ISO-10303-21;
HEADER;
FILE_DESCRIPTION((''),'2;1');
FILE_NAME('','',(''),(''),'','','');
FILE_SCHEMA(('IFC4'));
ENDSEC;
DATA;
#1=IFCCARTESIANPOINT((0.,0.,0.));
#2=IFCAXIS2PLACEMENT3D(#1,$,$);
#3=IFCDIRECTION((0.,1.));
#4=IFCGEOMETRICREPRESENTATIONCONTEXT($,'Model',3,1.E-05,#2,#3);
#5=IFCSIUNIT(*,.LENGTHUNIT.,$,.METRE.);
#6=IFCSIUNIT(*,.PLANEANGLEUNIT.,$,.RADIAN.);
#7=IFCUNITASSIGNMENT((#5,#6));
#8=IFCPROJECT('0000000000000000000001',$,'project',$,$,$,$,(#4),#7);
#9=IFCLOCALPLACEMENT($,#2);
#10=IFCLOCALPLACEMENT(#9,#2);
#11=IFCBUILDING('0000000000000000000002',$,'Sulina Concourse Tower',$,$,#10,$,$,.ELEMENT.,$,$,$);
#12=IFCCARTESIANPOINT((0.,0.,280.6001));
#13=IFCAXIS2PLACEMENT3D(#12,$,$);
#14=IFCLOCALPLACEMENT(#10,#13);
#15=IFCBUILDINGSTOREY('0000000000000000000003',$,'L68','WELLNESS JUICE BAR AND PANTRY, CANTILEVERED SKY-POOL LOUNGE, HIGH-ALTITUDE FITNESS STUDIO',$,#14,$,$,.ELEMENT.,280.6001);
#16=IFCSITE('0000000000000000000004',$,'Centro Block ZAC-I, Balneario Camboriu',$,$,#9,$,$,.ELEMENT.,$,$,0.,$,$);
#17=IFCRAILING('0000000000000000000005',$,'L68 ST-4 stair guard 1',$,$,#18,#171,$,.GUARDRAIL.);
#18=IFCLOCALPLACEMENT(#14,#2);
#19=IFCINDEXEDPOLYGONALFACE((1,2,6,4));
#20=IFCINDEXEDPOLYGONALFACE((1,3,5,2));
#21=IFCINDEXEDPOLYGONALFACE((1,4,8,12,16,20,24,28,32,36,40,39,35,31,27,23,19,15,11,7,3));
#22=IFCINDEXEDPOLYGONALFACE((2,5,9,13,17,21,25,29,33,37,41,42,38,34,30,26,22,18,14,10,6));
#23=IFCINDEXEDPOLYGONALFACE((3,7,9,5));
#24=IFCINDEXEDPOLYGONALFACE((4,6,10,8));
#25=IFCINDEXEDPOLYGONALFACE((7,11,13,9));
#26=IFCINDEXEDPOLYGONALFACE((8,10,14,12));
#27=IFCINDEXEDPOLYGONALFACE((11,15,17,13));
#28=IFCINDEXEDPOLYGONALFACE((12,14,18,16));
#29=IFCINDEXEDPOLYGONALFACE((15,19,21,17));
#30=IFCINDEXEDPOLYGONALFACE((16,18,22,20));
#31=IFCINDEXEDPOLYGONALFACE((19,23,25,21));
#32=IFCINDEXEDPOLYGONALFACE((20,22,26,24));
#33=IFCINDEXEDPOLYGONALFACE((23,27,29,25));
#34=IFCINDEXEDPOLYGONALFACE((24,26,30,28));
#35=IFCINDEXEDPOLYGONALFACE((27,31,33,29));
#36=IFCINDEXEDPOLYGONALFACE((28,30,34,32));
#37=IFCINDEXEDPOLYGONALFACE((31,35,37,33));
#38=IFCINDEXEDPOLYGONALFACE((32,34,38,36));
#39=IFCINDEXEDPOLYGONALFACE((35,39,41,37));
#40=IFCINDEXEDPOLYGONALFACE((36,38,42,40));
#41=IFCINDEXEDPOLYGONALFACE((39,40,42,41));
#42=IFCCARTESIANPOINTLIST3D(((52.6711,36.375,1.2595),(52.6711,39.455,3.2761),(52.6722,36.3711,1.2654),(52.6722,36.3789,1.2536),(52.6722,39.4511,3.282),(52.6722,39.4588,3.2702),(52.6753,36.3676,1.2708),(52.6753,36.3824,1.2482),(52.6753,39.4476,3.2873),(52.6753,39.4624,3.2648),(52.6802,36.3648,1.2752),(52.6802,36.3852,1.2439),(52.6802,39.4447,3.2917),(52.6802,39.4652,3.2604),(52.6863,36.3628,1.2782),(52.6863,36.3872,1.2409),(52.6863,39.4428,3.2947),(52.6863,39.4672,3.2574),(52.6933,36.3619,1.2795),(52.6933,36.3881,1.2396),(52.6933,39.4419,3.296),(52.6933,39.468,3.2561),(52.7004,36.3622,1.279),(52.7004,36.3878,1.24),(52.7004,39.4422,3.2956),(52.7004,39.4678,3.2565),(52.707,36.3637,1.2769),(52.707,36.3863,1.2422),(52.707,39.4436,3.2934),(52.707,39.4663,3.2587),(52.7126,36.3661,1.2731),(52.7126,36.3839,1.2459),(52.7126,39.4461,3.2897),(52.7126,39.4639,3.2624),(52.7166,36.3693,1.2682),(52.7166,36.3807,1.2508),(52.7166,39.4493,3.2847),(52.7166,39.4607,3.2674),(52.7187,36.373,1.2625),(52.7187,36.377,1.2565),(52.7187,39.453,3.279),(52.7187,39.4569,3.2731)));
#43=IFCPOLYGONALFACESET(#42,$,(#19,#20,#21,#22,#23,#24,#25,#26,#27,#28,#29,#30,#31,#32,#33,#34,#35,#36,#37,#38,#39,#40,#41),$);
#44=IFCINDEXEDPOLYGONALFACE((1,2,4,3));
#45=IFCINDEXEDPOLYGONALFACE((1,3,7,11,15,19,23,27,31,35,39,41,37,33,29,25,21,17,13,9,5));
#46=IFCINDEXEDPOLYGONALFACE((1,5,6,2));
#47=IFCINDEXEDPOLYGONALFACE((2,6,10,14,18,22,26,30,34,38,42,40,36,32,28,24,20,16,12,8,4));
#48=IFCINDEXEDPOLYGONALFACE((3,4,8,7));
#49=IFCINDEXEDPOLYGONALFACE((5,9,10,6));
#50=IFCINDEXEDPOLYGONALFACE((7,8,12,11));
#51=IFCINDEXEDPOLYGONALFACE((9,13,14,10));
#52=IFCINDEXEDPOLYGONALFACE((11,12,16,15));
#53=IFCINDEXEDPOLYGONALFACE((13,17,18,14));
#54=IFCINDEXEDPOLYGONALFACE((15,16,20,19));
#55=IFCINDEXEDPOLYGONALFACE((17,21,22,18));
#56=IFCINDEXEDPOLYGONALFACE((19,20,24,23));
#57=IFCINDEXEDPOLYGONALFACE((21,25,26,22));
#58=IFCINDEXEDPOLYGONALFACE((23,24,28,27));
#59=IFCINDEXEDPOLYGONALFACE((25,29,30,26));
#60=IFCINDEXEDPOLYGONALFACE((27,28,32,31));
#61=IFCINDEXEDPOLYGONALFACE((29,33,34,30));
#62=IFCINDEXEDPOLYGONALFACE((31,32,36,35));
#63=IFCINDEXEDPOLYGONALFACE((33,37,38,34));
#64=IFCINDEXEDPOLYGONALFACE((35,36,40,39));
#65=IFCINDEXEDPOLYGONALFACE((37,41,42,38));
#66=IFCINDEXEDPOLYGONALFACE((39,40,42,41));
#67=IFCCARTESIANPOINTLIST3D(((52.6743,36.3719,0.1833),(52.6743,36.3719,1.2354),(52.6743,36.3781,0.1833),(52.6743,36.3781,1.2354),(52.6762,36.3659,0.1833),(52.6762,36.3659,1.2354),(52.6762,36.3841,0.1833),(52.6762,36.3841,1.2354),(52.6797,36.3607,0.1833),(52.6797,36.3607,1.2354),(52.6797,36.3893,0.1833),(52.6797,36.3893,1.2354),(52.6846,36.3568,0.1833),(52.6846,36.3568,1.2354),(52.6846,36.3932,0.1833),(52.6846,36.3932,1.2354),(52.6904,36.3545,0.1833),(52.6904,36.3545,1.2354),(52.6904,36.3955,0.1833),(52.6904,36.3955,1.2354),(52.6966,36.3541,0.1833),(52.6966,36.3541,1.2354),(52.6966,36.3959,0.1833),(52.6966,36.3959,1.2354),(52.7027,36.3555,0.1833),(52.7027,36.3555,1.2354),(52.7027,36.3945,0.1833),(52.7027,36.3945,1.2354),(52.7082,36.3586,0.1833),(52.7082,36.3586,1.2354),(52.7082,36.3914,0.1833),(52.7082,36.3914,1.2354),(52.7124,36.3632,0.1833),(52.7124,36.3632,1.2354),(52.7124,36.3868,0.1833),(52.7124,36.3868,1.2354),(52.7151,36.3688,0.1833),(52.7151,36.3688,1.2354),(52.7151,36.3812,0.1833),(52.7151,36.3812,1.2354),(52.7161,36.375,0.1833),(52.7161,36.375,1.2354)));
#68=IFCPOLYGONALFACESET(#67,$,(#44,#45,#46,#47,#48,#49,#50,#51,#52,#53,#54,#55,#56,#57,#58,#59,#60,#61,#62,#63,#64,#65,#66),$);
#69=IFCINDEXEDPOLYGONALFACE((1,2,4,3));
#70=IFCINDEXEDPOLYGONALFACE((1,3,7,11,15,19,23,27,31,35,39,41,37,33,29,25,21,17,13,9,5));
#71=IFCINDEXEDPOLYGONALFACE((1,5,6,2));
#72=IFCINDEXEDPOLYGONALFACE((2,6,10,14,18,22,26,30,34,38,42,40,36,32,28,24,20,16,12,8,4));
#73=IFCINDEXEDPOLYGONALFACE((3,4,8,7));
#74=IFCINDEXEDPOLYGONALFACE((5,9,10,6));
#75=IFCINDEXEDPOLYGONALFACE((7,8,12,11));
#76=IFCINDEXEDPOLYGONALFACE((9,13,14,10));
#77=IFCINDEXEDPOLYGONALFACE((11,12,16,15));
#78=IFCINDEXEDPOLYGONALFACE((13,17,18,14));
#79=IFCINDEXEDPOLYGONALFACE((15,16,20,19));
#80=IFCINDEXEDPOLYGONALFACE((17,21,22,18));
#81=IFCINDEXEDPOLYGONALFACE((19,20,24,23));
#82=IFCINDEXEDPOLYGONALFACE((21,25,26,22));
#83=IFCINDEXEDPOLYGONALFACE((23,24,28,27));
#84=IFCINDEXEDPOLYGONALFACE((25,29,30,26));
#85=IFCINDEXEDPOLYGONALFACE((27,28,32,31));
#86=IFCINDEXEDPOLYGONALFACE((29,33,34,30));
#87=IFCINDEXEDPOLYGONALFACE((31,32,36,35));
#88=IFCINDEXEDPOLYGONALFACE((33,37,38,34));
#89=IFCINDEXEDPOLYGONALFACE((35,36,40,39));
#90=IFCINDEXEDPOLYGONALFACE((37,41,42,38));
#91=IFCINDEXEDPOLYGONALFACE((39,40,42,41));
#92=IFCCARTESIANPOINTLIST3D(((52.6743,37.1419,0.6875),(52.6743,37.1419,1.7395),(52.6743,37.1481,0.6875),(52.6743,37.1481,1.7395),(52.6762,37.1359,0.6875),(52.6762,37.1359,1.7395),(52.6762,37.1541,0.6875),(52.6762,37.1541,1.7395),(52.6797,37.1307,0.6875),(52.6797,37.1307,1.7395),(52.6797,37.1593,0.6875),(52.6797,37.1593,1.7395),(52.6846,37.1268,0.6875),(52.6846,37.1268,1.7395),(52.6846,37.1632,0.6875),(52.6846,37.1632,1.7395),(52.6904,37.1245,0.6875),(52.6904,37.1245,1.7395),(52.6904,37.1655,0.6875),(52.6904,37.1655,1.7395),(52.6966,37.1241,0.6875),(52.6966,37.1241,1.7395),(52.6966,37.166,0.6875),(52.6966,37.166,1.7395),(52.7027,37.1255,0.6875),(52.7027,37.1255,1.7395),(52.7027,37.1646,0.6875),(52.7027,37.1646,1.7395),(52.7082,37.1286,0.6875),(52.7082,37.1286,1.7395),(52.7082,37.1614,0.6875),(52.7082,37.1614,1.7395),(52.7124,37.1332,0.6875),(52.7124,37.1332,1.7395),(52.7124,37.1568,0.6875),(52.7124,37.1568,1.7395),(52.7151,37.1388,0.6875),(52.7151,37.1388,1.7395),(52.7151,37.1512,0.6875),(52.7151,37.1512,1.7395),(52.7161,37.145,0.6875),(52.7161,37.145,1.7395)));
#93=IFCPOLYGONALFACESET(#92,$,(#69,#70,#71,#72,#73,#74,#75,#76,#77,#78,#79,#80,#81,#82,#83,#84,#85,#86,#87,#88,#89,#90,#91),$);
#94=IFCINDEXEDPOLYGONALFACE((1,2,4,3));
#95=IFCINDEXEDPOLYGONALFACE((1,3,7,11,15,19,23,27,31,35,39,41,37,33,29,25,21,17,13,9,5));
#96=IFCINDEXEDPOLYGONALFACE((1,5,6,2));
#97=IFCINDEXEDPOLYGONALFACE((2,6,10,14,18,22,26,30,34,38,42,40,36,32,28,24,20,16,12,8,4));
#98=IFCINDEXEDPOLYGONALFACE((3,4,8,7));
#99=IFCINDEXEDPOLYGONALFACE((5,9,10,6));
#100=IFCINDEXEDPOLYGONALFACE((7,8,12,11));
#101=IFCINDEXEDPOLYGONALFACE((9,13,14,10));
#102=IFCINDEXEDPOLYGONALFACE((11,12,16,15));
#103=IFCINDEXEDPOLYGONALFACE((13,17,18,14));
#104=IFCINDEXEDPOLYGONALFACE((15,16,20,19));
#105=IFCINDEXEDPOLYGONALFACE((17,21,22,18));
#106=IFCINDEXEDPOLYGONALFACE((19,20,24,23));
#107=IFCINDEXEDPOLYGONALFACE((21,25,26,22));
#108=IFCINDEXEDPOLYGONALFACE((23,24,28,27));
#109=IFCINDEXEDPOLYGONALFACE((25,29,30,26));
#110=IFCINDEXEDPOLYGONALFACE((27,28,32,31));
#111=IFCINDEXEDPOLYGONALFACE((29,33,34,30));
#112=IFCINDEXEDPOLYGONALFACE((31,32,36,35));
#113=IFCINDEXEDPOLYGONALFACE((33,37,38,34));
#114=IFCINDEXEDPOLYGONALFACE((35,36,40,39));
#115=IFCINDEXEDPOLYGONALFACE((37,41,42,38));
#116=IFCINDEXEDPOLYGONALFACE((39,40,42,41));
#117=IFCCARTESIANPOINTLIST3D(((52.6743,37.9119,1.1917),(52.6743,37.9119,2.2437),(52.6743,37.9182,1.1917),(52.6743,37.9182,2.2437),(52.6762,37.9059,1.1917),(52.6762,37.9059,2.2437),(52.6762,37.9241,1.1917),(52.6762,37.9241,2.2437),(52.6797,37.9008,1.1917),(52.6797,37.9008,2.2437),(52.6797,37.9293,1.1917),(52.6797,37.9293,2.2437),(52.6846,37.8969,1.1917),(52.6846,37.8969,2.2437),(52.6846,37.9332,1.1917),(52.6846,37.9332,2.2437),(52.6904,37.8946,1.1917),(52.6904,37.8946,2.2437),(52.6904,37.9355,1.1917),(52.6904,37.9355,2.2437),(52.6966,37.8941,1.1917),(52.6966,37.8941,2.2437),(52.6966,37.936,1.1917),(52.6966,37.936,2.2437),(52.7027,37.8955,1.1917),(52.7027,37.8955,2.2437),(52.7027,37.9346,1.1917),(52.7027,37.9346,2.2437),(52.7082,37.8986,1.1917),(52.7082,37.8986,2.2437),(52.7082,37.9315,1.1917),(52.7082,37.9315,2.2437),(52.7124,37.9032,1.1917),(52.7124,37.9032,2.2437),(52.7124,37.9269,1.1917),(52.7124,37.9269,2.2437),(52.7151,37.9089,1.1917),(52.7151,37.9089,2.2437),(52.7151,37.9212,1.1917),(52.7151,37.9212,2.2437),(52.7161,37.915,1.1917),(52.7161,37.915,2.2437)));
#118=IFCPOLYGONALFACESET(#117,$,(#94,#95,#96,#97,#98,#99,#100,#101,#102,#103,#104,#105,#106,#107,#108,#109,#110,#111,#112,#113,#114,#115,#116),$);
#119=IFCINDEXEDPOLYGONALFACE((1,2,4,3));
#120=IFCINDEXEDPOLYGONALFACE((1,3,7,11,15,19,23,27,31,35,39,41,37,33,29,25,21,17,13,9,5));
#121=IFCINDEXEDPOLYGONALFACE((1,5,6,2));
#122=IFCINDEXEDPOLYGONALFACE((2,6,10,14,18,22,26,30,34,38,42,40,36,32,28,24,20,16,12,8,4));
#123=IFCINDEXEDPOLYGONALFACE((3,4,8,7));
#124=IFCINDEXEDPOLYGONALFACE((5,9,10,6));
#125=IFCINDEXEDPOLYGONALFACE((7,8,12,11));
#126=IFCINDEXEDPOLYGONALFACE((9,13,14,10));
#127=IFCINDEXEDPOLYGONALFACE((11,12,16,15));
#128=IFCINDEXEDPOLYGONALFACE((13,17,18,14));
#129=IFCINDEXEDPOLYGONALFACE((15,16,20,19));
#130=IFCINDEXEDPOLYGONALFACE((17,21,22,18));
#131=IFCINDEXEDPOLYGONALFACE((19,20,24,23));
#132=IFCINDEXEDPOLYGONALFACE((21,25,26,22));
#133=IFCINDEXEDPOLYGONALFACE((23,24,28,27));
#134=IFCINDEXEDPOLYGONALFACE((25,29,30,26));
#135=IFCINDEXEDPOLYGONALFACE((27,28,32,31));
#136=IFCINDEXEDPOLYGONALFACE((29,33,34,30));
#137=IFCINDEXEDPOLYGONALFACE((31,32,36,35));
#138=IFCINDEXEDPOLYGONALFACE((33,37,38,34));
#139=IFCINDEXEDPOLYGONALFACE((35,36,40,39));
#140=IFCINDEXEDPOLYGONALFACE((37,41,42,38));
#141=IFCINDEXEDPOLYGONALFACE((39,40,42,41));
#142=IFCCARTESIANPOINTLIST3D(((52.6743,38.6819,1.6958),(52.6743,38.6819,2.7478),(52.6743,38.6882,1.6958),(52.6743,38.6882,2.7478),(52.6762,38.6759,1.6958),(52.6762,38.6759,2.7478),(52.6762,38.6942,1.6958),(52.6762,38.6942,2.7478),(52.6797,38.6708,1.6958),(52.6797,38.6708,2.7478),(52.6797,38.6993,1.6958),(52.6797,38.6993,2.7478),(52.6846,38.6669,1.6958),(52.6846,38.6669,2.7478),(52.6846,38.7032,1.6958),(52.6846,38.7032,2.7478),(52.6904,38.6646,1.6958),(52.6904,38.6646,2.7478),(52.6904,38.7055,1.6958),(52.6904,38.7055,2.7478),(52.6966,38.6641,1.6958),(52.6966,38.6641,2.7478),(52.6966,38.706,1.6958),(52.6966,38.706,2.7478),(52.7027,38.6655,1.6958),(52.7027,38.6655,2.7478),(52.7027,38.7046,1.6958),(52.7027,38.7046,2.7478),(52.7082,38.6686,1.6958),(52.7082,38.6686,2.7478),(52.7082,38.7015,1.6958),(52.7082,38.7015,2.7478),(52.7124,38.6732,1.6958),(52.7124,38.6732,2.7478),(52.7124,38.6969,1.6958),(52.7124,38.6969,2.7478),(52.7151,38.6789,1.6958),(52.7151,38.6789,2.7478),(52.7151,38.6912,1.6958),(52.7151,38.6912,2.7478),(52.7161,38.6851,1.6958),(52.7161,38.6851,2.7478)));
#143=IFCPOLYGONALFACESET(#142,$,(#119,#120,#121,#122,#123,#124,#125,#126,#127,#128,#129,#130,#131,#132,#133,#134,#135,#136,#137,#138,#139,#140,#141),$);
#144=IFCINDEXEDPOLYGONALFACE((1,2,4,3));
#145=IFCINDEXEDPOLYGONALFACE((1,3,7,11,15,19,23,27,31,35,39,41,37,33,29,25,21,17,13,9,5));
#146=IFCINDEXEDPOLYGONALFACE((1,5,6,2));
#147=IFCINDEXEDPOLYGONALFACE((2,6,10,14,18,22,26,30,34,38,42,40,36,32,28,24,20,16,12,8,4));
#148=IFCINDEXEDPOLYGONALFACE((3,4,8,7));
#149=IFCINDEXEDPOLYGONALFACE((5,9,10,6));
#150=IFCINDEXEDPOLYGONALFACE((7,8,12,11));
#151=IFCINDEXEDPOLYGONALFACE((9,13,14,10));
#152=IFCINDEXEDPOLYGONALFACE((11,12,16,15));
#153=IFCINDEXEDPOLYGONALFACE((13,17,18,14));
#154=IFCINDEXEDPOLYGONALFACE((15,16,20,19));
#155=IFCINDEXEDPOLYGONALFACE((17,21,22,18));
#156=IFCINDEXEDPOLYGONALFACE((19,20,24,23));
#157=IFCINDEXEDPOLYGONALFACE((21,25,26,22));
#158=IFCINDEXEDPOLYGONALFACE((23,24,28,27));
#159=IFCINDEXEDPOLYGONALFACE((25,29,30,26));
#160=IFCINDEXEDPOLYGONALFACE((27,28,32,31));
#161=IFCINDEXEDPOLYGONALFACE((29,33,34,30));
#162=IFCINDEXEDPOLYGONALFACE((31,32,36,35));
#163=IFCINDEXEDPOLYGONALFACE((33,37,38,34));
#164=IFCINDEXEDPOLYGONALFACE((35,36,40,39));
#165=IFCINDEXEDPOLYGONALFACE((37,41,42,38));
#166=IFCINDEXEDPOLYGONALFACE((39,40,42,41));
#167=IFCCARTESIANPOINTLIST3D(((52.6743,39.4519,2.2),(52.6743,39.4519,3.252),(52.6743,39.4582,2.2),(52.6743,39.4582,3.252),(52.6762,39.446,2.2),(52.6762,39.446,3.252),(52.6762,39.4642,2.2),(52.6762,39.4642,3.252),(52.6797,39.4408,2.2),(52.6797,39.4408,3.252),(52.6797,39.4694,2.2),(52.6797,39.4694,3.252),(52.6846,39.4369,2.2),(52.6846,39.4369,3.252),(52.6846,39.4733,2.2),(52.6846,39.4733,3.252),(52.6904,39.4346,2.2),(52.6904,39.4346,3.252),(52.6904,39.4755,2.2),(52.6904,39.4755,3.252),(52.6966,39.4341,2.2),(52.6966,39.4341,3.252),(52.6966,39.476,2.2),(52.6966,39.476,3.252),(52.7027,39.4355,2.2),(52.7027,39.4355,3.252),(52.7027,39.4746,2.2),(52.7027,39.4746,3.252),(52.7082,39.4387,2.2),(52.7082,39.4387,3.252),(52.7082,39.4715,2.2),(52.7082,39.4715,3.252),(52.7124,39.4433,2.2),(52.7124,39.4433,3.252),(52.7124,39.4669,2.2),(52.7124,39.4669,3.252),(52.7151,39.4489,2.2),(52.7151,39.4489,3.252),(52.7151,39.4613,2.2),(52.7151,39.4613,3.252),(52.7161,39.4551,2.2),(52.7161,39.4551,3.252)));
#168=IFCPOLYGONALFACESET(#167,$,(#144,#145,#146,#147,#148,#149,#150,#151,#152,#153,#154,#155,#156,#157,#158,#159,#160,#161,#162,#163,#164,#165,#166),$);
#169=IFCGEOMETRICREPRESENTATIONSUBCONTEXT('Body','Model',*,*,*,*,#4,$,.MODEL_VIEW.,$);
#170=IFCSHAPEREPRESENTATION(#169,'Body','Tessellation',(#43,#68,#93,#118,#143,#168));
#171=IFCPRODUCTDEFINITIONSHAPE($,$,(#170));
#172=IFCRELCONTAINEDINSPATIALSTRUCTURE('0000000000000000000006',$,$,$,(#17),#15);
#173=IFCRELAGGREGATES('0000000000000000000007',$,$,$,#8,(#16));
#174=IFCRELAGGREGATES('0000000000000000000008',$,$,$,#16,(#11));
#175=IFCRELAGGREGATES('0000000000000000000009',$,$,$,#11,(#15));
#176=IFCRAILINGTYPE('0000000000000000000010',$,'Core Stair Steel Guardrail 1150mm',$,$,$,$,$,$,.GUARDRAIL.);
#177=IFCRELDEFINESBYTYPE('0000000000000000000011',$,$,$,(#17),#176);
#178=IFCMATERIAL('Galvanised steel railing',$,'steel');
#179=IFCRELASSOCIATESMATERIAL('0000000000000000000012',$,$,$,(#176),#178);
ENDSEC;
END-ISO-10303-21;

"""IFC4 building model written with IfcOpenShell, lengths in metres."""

from ifc_helpers import new_model, si_unit, direction, frame, origin, origin_2d, place, context, subcontext, project, spatial, circle, extrude, material, type_object, element, save


model = new_model("IFC4")

# Units and contexts
model_context = context("Model", 3, precision=1e-05, world=origin(), true_north=direction((0.0, 1.0)))
body_context = subcontext(model_context, "Body", "Model", "MODEL_VIEW")
ifc_project = project(units=[si_unit("LENGTHUNIT", "METRE"), si_unit("PLANEANGLEUNIT", "RADIAN")], contexts=[model_context])

# Site, building, storey
site_placement = place(None, origin())
site = spatial("IfcSite", under=ifc_project, at=site_placement, Name="Centro Block ZAC-I, Balneario Camboriu", CompositionType="ELEMENT", RefElevation=0.0)
building_placement = place(site_placement, origin())
building = spatial("IfcBuilding", under=site, at=building_placement, Name="Sulina Concourse Tower", CompositionType="ELEMENT")
storey_placement = place(building_placement, frame((0.0, 0.0, 280.6001)))
storey = spatial("IfcBuildingStorey", under=building, at=storey_placement, Name="L68", Description="WELLNESS JUICE BAR AND PANTRY, CANTILEVERED SKY-POOL LOUNGE, HIGH-ALTITUDE FITNESS STUDIO", CompositionType="ELEMENT", Elevation=280.6001)

# Railing
ifc_material_1 = material(Name="Galvanised steel railing", Category="steel")
railing_type_1 = type_object("IfcRailingType", Name="Core Stair Steel Guardrail 1150mm", PredefinedType="GUARDRAIL", material=ifc_material_1)
railing_1_placement = place(storey_placement, frame((52.6951, 36.375, 0.1833)))
element("IfcRailing", 1, at=railing_1_placement, inside=storey, type_object=railing_type_1, Name="L68 ST-4 stair guard 1", PredefinedType="GUARDRAIL", context=body_context, shape_type="SweptSolid", body=[
    extrude(circle(Radius=0.0239, at=origin_2d()), frame((0.0, 0.0, 1.0762), z_axis=(0.0, 0.836633, 0.547764), x_axis=(-1.0, 0.0, 0.0)), (0.0, 0.0, 1.0), 3.6814),
    extrude(circle(Radius=0.021, at=origin_2d()), origin(), (0.0, 0.0, 1.0), 1.052),
    extrude(circle(Radius=0.021, at=origin_2d()), frame((0.0, 0.77, 0.5042)), (0.0, 0.0, 1.0), 1.052),
    extrude(circle(Radius=0.021, at=origin_2d()), frame((0.0, 1.54, 1.0083)), (0.0, 0.0, 1.0), 1.052),
    extrude(circle(Radius=0.021, at=origin_2d()), frame((0.0, 2.3101, 1.5125)), (0.0, 0.0, 1.0), 1.052),
    extrude(circle(Radius=0.021, at=origin_2d()), frame((0.0, 3.0801, 2.0166)), (0.0, 0.0, 1.0), 1.052),
])

save(model, "model.ifc")
